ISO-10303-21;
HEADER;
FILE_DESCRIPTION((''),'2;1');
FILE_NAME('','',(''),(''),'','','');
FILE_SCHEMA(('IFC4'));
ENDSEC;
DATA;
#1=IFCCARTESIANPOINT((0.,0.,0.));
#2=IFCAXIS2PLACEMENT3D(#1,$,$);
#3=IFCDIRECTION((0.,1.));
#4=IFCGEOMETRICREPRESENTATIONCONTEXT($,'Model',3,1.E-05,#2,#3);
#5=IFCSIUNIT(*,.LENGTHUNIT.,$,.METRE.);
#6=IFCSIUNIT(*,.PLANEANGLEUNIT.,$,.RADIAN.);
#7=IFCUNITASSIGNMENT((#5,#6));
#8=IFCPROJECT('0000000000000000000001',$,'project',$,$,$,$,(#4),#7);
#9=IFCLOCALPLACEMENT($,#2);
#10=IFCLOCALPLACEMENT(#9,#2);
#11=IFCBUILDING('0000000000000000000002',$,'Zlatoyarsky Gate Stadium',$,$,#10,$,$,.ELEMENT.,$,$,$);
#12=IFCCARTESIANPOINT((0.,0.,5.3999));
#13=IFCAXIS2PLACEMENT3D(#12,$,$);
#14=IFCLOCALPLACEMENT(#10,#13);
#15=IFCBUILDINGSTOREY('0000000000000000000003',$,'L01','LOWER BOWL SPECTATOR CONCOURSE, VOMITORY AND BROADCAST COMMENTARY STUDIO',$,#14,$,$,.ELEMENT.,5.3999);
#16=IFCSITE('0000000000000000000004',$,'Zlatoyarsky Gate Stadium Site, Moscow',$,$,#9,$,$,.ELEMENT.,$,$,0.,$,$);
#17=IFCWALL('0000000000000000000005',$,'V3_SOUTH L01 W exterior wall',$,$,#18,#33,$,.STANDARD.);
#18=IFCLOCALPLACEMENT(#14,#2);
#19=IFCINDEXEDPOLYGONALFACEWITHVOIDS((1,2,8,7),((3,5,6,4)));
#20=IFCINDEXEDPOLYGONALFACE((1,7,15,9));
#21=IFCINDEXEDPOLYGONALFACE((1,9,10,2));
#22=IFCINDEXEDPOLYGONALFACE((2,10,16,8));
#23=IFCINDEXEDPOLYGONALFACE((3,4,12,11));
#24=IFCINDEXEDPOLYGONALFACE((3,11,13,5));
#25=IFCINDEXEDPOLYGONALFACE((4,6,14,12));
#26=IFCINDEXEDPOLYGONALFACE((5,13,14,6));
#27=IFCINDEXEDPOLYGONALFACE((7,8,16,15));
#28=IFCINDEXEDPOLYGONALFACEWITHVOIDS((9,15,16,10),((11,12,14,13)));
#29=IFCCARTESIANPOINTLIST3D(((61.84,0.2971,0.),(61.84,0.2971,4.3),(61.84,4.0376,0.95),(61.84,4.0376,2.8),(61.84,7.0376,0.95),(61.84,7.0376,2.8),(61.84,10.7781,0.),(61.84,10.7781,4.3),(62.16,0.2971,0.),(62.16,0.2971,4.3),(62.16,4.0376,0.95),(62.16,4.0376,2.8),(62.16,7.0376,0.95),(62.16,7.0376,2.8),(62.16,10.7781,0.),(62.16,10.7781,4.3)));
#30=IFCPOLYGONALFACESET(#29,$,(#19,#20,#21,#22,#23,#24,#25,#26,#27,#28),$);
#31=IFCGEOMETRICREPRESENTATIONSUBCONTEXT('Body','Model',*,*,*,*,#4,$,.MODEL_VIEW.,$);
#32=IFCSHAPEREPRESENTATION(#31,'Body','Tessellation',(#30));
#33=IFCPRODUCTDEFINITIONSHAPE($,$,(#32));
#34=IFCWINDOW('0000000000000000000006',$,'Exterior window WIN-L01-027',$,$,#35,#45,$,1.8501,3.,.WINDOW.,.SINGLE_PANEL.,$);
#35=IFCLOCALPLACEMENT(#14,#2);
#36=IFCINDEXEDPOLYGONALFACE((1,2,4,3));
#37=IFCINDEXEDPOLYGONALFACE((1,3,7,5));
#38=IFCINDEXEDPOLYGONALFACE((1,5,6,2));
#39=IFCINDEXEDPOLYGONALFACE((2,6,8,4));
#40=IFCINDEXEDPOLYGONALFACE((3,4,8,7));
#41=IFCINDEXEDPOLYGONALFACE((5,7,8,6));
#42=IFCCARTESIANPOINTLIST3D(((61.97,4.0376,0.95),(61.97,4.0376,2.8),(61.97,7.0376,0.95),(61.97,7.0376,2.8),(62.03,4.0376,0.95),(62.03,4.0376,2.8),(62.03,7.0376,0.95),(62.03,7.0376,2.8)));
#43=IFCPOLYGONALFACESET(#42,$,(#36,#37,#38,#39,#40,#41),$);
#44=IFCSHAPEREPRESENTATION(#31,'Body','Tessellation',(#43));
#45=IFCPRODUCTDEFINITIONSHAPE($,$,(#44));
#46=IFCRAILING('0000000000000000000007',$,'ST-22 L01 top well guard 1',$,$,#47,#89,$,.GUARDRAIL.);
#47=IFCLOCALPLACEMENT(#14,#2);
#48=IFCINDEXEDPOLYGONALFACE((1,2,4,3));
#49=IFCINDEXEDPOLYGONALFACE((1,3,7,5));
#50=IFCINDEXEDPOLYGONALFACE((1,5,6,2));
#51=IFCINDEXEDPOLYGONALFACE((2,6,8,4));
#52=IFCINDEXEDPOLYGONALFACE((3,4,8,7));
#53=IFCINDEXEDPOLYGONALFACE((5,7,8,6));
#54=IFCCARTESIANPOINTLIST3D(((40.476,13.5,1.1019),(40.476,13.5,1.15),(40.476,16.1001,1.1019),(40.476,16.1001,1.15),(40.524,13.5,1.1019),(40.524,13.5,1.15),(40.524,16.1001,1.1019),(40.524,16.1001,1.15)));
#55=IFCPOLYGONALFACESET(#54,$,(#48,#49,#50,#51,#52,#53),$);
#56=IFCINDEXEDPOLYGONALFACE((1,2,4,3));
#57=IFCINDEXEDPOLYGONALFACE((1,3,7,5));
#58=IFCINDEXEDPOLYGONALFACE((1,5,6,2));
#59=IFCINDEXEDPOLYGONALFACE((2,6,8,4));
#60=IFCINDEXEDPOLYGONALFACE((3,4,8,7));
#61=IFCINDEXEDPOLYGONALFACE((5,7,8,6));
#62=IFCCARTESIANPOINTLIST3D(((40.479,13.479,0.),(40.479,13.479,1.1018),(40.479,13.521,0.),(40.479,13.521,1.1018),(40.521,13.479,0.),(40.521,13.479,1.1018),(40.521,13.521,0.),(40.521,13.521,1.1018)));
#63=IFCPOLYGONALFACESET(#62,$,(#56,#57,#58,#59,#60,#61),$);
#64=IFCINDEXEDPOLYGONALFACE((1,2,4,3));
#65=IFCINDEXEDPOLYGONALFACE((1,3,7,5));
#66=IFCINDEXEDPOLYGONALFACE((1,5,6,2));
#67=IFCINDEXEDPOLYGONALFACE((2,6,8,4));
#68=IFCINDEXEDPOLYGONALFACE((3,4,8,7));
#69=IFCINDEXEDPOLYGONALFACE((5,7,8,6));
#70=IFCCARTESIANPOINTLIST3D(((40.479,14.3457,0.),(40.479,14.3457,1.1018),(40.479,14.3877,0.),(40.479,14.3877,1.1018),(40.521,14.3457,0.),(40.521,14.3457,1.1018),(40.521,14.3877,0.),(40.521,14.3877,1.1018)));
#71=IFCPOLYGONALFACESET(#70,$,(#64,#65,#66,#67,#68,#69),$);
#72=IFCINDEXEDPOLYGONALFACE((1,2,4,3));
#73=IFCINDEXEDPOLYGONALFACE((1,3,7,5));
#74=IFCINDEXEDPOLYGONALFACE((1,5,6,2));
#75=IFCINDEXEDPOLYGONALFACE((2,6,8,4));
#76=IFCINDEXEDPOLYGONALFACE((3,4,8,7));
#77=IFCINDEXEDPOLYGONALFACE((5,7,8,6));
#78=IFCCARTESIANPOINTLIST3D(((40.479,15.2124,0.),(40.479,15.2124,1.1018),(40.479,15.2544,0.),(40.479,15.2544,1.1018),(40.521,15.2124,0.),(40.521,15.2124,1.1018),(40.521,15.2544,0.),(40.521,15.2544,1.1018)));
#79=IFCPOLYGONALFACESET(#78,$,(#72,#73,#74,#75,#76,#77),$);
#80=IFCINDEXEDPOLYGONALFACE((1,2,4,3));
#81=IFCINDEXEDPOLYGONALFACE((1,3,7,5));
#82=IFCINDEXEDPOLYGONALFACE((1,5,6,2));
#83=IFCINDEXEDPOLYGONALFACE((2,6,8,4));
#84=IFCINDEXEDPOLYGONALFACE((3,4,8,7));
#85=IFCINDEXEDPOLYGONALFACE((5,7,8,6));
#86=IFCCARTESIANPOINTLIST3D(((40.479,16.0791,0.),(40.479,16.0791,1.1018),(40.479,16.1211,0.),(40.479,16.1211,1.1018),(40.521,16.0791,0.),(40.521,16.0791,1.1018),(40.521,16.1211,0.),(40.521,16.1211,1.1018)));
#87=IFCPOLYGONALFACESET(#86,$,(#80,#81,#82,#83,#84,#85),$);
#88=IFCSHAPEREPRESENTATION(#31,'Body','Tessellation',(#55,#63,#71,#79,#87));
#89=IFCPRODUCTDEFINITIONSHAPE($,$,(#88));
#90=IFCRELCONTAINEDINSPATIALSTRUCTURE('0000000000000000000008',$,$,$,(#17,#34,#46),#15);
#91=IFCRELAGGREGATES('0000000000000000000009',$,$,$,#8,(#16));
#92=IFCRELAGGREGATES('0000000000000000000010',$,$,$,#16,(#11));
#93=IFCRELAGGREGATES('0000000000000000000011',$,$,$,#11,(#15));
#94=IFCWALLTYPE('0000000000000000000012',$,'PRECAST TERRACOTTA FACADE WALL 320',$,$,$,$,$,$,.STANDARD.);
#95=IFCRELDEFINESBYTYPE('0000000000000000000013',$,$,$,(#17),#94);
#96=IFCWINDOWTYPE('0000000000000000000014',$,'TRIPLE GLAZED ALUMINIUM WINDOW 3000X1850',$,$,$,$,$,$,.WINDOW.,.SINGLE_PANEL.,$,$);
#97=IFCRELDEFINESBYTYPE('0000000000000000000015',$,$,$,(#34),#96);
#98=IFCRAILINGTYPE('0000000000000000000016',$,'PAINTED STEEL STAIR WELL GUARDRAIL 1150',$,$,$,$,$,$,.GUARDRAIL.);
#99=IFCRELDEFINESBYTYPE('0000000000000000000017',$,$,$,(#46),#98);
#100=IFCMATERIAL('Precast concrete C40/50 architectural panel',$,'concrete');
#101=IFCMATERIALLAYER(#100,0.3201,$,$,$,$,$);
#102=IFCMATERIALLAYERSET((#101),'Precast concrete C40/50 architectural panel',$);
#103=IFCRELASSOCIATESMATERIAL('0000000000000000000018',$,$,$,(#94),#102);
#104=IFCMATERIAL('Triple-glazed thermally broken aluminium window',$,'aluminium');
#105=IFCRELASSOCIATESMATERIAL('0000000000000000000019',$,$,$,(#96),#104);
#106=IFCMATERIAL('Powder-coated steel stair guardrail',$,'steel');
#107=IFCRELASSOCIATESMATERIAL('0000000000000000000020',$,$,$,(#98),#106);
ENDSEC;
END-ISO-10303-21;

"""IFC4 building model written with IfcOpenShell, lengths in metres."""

from ifc_helpers import new_model, si_unit, direction, frame, frame_2d, origin, origin_2d, place, context, subcontext, project, spatial, rectangle, extrude, material, layer, layer_set, type_object, element, fill, save


model = new_model("IFC4")

# Units and contexts
model_context = context("Model", 3, precision=1e-05, world=origin(), true_north=direction((0.0, 1.0)))
body_context = subcontext(model_context, "Body", "Model", "MODEL_VIEW")
ifc_project = project(units=[si_unit("LENGTHUNIT", "METRE"), si_unit("PLANEANGLEUNIT", "RADIAN")], contexts=[model_context])

# Site, building, storey
site_placement = place(None, origin())
site = spatial("IfcSite", under=ifc_project, at=site_placement, Name="Zlatoyarsky Gate Stadium Site, Moscow", CompositionType="ELEMENT", RefElevation=0.0)
building_placement = place(site_placement, origin())
building = spatial("IfcBuilding", under=site, at=building_placement, Name="Zlatoyarsky Gate Stadium", CompositionType="ELEMENT")
storey_placement = place(building_placement, frame((0.0, 0.0, 5.3999)))
storey = spatial("IfcBuildingStorey", under=building, at=storey_placement, Name="L01", Description="LOWER BOWL SPECTATOR CONCOURSE, VOMITORY AND BROADCAST COMMENTARY STUDIO", CompositionType="ELEMENT", Elevation=5.3999)

# Wall, opening, window
ifc_material_1 = material(Name="Precast concrete C40/50 architectural panel", Category="concrete")
ifc_layer_1 = layer(ifc_material_1, 0.3201)
ifc_layer_set_1 = layer_set([ifc_layer_1], Name="Precast concrete C40/50 architectural panel")
wall_type_1 = type_object("IfcWallType", Name="PRECAST TERRACOTTA FACADE WALL 320", PredefinedType="STANDARD", material=ifc_layer_set_1)
wall_1_placement = place(storey_placement, frame((62.0, 0.2971, 0.0), z_axis=(0.0, 0.0, 1.0), x_axis=(0.0, 1.0, 0.0)))
wall_1 = element("IfcWall", 1, at=wall_1_placement, inside=storey, type_object=wall_type_1, Name="V3_SOUTH L01 W exterior wall", PredefinedType="STANDARD", context=body_context, shape_type="SweptSolid", body=[
    extrude(rectangle(XDim=10.481, YDim=0.3201, at=frame_2d((5.2405, 0.0))), origin(), (0.0, 0.0, 1.0), 4.3),
])
opening_placement = place(wall_1_placement, frame((3.7405, 0.0, 0.95)))
opening = element("IfcOpeningElement", 2, at=opening_placement, cuts=wall_1, PredefinedType="OPENING", context=body_context, shape_type="SweptSolid", body=[
    extrude(rectangle(XDim=3.0, YDim=1.8501, at=frame_2d((1.5, 0.925))), frame((0.0, 0.1699, 0.0), z_axis=(0.0, -1.0, 0.0), x_axis=(1.0, 0.0, 0.0)), (0.0, 0.0, 1.0), 0.3401),
])
ifc_material_2 = material(Name="Triple-glazed thermally broken aluminium window", Category="aluminium")
window_type = type_object("IfcWindowType", Name="TRIPLE GLAZED ALUMINIUM WINDOW 3000X1850", PartitioningType="SINGLE_PANEL", PredefinedType="WINDOW", material=ifc_material_2)
window_placement = place(opening_placement, origin())
window = element("IfcWindow", 3, at=window_placement, inside=storey, type_object=window_type, Name="Exterior window WIN-L01-027", OverallHeight=1.8501, OverallWidth=3.0, PartitioningType="SINGLE_PANEL", PredefinedType="WINDOW", context=body_context, shape_type="SweptSolid", body=[
    extrude(rectangle(XDim=3.0, YDim=1.8501, at=frame_2d((1.5, 0.925))), frame((0.0, 0.03, 0.0), z_axis=(0.0, -1.0, 0.0), x_axis=(1.0, 0.0, 0.0)), (0.0, 0.0, 1.0), 0.0601),
])
fill(opening, window)

# Railing
ifc_material_3 = material(Name="Powder-coated steel stair guardrail", Category="steel")
railing_type_1 = type_object("IfcRailingType", Name="PAINTED STEEL STAIR WELL GUARDRAIL 1150", PredefinedType="GUARDRAIL", material=ifc_material_3)
railing_1_placement = place(storey_placement, frame((40.5, 13.5, 0.0)))
element("IfcRailing", 4, at=railing_1_placement, inside=storey, type_object=railing_type_1, Name="ST-22 L01 top well guard 1", PredefinedType="GUARDRAIL", context=body_context, shape_type="SweptSolid", body=[
    extrude(rectangle(XDim=0.0481, YDim=0.0481, at=origin_2d()), frame((0.0, 0.0, 1.126), z_axis=(0.0, 1.0, 0.0), x_axis=(-1.0, 0.0, 0.0)), (0.0, 0.0, 1.0), 2.6001),
    extrude(rectangle(XDim=0.042, YDim=0.042, at=origin_2d()), origin(), (0.0, 0.0, 1.0), 1.1018),
    extrude(rectangle(XDim=0.042, YDim=0.042, at=origin_2d()), frame((0.0, 0.8667, 0.0)), (0.0, 0.0, 1.0), 1.1018),
    extrude(rectangle(XDim=0.042, YDim=0.042, at=origin_2d()), frame((0.0, 1.7334, 0.0)), (0.0, 0.0, 1.0), 1.1018),
    extrude(rectangle(XDim=0.042, YDim=0.042, at=origin_2d()), frame((0.0, 2.6001, 0.0)), (0.0, 0.0, 1.0), 1.1018),
])

save(model, "model.ifc")
